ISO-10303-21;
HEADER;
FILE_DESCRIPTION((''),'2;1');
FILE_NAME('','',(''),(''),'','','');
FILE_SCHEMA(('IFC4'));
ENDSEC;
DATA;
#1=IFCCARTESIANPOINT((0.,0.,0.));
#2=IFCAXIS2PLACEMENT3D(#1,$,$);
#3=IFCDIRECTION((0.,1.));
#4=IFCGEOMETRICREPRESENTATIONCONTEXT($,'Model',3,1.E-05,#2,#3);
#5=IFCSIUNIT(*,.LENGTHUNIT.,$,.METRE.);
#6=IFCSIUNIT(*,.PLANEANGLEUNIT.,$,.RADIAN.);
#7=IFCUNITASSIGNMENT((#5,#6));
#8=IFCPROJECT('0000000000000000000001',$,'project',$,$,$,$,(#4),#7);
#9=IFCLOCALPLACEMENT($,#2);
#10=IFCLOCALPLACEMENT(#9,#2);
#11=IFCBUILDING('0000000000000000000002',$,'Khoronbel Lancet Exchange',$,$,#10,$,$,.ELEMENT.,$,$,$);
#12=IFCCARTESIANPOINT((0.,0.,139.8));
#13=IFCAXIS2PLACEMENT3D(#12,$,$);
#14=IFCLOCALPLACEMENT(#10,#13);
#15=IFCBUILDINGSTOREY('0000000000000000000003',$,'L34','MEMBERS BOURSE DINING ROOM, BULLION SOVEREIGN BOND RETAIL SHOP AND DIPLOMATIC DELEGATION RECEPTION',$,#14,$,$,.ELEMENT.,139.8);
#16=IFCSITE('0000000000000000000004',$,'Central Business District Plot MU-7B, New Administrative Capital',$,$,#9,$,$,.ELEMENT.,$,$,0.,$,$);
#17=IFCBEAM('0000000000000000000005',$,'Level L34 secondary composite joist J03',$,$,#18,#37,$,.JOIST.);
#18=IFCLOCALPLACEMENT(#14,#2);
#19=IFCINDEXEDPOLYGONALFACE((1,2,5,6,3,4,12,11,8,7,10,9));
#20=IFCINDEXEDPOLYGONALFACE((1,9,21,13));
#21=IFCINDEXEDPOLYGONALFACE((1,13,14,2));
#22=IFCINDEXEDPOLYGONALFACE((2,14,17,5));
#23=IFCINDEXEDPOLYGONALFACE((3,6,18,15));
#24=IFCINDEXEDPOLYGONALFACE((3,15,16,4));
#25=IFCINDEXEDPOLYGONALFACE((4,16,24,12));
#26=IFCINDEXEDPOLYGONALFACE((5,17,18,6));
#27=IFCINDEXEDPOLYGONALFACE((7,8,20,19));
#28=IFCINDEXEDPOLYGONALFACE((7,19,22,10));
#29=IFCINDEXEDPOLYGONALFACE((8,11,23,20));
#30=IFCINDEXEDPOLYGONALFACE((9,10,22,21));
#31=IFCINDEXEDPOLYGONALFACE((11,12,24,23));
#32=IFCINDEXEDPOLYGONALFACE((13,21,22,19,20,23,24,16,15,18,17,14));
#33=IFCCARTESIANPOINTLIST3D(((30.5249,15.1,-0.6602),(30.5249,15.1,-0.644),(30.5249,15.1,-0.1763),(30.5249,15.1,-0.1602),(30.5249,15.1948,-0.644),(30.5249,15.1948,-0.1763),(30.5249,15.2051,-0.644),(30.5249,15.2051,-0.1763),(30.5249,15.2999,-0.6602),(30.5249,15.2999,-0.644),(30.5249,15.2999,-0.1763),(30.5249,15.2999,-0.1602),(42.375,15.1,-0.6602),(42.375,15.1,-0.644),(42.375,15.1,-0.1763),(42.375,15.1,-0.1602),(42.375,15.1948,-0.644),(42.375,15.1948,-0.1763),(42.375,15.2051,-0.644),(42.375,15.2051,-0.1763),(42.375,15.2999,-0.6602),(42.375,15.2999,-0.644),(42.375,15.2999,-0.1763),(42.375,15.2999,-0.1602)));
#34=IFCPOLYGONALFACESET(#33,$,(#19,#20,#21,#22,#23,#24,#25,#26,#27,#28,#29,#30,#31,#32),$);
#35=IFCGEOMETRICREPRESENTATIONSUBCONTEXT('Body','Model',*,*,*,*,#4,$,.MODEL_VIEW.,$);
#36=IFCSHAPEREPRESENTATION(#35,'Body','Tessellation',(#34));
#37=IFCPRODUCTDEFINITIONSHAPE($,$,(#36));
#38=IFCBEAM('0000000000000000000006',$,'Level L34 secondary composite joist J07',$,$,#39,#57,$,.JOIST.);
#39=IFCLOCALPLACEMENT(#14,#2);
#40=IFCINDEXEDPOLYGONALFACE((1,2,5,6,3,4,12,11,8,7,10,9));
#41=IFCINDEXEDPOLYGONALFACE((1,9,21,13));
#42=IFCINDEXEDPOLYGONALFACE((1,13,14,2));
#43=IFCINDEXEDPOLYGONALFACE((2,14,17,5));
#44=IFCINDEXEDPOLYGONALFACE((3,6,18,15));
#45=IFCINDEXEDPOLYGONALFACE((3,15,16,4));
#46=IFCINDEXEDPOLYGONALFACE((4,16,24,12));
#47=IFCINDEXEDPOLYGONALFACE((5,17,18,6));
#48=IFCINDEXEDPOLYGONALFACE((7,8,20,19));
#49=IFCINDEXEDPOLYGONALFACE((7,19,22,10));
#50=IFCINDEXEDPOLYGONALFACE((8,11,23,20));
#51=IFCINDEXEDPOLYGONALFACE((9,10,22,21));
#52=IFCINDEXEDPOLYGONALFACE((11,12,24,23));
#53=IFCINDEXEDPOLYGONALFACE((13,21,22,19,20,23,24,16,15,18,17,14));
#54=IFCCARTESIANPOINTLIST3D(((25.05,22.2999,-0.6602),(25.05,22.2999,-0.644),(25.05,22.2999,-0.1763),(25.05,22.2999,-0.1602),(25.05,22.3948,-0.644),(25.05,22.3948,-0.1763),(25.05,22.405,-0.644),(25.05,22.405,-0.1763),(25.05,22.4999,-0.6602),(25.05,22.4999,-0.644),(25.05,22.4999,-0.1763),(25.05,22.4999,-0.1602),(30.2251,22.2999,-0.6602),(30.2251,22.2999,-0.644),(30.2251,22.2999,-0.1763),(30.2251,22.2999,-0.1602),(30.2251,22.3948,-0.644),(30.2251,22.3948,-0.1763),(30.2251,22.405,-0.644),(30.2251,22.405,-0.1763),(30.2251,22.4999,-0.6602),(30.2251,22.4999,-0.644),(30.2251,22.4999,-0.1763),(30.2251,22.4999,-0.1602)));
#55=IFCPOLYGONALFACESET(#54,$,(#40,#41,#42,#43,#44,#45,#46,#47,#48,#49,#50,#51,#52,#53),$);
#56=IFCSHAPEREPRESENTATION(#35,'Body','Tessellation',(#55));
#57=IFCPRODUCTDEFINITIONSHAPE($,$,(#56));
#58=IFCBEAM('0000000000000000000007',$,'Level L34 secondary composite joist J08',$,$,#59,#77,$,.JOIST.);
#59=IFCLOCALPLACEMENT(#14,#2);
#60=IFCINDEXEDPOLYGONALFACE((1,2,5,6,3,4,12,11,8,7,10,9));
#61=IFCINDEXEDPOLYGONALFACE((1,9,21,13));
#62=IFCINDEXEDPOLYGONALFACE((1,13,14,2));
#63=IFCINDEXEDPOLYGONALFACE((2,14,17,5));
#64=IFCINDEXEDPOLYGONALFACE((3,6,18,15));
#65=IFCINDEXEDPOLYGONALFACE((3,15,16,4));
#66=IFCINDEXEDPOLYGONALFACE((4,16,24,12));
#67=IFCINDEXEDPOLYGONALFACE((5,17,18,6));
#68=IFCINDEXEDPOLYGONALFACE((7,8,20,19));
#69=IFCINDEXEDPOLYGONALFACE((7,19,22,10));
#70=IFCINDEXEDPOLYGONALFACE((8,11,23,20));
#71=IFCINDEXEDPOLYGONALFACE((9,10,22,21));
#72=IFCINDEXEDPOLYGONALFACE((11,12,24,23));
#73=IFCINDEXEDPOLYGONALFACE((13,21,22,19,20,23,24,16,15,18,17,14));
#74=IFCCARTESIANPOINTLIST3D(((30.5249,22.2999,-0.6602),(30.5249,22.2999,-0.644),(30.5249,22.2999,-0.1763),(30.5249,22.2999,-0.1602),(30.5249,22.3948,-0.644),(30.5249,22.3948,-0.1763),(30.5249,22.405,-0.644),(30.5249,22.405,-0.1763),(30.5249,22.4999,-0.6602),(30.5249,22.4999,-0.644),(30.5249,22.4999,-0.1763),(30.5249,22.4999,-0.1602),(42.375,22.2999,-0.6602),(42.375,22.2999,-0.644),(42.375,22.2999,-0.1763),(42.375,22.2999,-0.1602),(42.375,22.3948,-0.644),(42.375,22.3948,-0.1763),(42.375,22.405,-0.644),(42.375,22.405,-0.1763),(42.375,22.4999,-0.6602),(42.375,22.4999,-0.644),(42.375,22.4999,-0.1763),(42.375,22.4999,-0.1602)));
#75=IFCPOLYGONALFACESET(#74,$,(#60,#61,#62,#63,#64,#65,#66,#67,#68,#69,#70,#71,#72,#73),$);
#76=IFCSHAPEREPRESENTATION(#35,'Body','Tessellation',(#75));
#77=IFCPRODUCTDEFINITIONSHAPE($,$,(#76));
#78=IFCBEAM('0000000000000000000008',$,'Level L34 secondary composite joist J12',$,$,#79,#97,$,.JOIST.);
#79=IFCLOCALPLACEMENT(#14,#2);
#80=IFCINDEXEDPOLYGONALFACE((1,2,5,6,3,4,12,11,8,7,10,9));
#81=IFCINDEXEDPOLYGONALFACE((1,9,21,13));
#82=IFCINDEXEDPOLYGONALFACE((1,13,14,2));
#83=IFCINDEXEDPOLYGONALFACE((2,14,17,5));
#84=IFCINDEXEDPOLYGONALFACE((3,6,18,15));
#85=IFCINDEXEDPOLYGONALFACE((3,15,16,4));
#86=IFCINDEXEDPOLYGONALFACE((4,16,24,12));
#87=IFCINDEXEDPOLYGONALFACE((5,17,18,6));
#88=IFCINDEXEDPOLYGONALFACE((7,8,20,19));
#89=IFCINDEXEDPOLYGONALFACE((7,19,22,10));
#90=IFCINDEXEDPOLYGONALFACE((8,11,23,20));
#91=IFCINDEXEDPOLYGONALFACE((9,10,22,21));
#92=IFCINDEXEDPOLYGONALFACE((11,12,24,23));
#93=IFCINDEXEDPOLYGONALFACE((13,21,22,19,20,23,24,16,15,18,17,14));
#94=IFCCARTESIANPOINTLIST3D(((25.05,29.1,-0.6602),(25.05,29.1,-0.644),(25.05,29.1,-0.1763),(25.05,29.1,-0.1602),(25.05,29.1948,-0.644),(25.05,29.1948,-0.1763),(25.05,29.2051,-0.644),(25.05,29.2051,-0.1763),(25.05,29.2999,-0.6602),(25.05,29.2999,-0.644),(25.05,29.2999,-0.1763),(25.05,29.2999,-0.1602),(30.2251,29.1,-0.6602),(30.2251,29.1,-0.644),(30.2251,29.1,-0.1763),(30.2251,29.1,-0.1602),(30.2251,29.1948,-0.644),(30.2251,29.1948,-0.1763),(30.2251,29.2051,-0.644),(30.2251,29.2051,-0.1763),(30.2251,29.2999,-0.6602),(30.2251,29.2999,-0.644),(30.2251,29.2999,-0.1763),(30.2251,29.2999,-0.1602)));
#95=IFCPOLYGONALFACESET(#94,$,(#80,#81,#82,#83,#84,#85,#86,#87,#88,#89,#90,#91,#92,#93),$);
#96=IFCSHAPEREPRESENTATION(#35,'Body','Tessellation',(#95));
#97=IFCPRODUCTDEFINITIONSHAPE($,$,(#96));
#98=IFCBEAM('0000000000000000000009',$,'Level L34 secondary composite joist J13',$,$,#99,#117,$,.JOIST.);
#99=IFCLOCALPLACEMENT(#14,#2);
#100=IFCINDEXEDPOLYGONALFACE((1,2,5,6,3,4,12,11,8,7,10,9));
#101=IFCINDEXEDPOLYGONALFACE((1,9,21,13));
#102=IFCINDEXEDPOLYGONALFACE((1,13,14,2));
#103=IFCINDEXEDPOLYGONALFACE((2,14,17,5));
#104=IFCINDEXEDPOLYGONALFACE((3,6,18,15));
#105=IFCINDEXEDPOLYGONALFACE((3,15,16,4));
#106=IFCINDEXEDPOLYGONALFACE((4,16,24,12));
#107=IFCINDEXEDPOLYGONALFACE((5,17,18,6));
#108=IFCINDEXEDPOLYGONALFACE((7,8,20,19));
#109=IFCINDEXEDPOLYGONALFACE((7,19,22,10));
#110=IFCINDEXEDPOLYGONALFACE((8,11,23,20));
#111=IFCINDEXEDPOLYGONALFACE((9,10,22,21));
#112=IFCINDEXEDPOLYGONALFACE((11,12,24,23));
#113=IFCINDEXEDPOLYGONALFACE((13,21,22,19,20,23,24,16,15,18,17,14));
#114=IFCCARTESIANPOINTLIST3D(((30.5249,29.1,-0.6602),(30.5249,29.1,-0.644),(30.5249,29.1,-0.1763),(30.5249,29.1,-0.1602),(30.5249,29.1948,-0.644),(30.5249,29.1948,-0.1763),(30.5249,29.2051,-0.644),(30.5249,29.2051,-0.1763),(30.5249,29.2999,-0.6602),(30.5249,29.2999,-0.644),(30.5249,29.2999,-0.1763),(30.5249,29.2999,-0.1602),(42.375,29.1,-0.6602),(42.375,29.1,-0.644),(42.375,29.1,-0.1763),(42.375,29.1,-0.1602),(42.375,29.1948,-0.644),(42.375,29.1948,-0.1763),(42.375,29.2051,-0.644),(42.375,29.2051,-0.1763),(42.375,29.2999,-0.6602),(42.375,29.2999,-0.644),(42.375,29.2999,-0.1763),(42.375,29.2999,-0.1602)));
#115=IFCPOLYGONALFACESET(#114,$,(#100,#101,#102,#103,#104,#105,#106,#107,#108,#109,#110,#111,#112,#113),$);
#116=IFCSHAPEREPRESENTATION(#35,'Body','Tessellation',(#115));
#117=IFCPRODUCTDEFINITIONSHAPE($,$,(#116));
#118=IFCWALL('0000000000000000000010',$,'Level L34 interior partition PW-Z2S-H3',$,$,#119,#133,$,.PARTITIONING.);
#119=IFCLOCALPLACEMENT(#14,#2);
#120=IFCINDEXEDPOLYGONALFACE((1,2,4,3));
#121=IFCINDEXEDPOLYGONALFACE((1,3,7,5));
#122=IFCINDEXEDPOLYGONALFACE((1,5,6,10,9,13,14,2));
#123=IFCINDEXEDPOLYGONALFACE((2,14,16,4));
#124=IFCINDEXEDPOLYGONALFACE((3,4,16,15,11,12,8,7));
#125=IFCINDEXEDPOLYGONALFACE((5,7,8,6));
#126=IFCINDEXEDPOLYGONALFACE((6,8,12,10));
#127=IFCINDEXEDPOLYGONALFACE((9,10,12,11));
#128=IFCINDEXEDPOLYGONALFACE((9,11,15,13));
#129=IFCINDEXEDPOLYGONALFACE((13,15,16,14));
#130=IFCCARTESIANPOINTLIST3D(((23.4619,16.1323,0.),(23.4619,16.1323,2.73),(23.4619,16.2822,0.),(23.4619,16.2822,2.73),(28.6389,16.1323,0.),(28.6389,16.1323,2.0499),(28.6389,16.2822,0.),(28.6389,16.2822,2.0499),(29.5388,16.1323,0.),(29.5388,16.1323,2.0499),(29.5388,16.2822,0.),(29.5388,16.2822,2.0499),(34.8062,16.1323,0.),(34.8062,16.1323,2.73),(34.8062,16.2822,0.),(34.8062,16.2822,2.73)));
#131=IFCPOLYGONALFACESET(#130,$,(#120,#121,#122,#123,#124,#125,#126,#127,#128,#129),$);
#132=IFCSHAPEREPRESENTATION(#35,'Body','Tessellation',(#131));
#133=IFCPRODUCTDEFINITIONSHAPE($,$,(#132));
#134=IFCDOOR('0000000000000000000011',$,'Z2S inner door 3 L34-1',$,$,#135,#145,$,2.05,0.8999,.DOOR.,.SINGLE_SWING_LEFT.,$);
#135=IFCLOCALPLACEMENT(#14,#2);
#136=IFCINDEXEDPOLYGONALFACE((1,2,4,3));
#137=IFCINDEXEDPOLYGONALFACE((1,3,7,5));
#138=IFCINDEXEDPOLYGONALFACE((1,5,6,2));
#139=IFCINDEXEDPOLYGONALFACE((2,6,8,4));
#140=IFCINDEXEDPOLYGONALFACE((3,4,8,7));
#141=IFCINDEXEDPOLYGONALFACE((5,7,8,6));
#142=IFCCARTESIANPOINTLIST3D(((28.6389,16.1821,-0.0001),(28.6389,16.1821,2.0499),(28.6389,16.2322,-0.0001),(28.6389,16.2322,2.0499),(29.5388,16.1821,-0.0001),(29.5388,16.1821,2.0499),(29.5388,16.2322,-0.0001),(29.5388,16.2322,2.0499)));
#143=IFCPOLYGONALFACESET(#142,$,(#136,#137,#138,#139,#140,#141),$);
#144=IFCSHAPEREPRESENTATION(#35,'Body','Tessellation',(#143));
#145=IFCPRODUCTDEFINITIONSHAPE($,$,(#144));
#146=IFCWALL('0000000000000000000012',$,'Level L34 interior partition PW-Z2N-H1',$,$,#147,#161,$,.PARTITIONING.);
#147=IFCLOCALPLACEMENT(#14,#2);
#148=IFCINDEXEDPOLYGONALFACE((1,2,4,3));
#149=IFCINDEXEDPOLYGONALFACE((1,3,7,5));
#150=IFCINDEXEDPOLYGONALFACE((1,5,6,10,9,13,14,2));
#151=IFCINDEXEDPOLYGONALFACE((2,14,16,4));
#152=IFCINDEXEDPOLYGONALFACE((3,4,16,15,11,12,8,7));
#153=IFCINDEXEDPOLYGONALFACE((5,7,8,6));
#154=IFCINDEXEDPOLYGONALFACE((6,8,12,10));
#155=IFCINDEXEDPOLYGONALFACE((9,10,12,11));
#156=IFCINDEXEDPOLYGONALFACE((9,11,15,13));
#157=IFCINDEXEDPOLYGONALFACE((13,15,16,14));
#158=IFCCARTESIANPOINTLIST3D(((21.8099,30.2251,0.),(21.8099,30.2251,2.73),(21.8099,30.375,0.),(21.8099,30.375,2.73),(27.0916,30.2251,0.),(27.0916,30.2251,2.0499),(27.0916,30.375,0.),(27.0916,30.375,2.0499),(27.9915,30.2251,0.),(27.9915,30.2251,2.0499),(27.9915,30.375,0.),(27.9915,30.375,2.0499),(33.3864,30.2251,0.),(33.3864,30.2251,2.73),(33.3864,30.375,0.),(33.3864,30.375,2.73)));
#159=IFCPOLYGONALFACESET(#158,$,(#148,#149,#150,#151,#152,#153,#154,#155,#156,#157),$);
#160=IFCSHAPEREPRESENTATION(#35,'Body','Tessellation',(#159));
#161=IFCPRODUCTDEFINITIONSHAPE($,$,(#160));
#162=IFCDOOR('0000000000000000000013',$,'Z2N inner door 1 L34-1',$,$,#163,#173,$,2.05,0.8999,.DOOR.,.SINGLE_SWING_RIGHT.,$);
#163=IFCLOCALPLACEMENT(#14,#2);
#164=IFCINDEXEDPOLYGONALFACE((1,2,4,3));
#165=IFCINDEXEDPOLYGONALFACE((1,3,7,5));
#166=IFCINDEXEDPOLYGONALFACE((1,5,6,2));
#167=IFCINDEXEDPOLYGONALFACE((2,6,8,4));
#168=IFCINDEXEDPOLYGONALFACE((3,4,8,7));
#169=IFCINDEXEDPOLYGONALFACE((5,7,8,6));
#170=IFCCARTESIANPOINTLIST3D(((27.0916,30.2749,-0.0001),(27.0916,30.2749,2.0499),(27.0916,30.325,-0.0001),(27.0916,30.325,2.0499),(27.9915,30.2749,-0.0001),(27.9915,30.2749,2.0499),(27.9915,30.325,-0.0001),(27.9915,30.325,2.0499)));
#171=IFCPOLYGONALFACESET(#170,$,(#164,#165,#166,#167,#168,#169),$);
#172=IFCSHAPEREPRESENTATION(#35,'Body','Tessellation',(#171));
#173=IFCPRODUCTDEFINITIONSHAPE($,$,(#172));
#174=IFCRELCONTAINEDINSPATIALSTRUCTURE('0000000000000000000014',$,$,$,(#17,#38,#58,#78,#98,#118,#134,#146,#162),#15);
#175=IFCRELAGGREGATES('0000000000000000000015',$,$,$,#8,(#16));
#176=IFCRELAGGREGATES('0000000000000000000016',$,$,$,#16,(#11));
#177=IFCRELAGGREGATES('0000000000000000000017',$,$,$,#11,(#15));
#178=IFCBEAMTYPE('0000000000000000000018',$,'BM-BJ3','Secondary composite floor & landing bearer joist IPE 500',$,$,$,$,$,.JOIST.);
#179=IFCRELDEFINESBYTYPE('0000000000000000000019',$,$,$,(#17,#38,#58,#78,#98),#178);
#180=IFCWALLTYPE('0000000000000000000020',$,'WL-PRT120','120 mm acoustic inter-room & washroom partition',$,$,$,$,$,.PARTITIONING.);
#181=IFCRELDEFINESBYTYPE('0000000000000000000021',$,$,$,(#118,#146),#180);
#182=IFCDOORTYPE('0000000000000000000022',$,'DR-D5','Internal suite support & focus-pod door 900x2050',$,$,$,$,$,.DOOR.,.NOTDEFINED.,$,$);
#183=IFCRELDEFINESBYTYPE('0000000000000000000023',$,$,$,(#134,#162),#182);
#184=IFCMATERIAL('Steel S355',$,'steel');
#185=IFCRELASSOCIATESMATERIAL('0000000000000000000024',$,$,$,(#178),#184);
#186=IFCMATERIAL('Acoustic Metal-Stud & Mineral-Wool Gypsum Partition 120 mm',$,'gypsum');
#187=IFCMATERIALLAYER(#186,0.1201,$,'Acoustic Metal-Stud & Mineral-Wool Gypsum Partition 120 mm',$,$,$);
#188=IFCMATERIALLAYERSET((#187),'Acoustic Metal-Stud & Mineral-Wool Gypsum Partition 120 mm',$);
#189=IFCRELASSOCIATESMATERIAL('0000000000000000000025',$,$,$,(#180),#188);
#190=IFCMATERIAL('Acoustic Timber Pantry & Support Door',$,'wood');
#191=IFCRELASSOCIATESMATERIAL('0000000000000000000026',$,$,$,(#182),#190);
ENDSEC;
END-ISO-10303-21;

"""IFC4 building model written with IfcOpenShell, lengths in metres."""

from ifc_helpers import new_model, si_unit, direction, frame, frame_2d, origin, origin_2d, place, context, subcontext, project, spatial, rectangle, i_section, extrude, material, layer, layer_set, material_profile, profile_set, type_object, element, fill, save


model = new_model("IFC4")

# Units and contexts
model_context = context("Model", 3, precision=1e-05, world=origin(), true_north=direction((0.0, 1.0)))
body_context = subcontext(model_context, "Body", "Model", "MODEL_VIEW")
ifc_project = project(units=[si_unit("LENGTHUNIT", "METRE"), si_unit("PLANEANGLEUNIT", "RADIAN")], contexts=[model_context])

# Site, building, storey
site_placement = place(None, origin())
site = spatial("IfcSite", under=ifc_project, at=site_placement, Name="Central Business District Plot MU-7B, New Administrative Capital", CompositionType="ELEMENT", RefElevation=0.0)
building_placement = place(site_placement, origin())
building = spatial("IfcBuilding", under=site, at=building_placement, Name="Khoronbel Lancet Exchange", CompositionType="ELEMENT")
storey_placement = place(building_placement, frame((0.0, 0.0, 139.8)))
storey = spatial("IfcBuildingStorey", under=building, at=storey_placement, Name="L34", Description="MEMBERS BOURSE DINING ROOM, BULLION SOVEREIGN BOND RETAIL SHOP AND DIPLOMATIC DELEGATION RECEPTION", CompositionType="ELEMENT", Elevation=139.8)

# Beams
ifc_material_1 = material(Name="Steel S355", Category="steel")
ifc_material_profile = material_profile(ifc_material_1, i_section(OverallWidth=0.2, OverallDepth=0.5, WebThickness=0.0103, FlangeThickness=0.0161, at=origin_2d()), Name="IPE 500")
ifc_profile_set = profile_set([ifc_material_profile], Name="Steel S355")
beam_type = type_object("IfcBeamType", Name="BM-BJ3", Description="Secondary composite floor & landing bearer joist IPE 500", PredefinedType="JOIST", material=ifc_profile_set)
beam_1_placement = place(storey_placement, frame((30.5249, 15.2, -0.4102), z_axis=(1.0, 0.0, 0.0), x_axis=(0.0, 1.0, 0.0)))
element("IfcBeam", 1, at=beam_1_placement, inside=storey, type_object=beam_type, Name="Level L34 secondary composite joist J03", PredefinedType="JOIST", context=body_context, shape_type="SweptSolid", body=[
    extrude(i_section(OverallWidth=0.2, OverallDepth=0.5, WebThickness=0.0103, FlangeThickness=0.0161, at=origin_2d()), origin(), (0.0, 0.0, 1.0), 11.8501),
])
beam_2_placement = place(storey_placement, frame((25.05, 22.3999, -0.4102), z_axis=(1.0, 0.0, 0.0), x_axis=(0.0, 1.0, 0.0)))
element("IfcBeam", 2, at=beam_2_placement, inside=storey, type_object=beam_type, Name="Level L34 secondary composite joist J07", PredefinedType="JOIST", context=body_context, shape_type="SweptSolid", body=[
    extrude(i_section(OverallWidth=0.2, OverallDepth=0.5, WebThickness=0.0103, FlangeThickness=0.0161, at=origin_2d()), origin(), (0.0, 0.0, 1.0), 5.175),
])
beam_3_placement = place(storey_placement, frame((30.5249, 22.3999, -0.4102), z_axis=(1.0, 0.0, 0.0), x_axis=(0.0, 1.0, 0.0)))
element("IfcBeam", 3, at=beam_3_placement, inside=storey, type_object=beam_type, Name="Level L34 secondary composite joist J08", PredefinedType="JOIST", context=body_context, shape_type="SweptSolid", body=[
    extrude(i_section(OverallWidth=0.2, OverallDepth=0.5, WebThickness=0.0103, FlangeThickness=0.0161, at=origin_2d()), origin(), (0.0, 0.0, 1.0), 11.8501),
])
beam_4_placement = place(storey_placement, frame((25.05, 29.2, -0.4102), z_axis=(1.0, 0.0, 0.0), x_axis=(0.0, 1.0, 0.0)))
element("IfcBeam", 4, at=beam_4_placement, inside=storey, type_object=beam_type, Name="Level L34 secondary composite joist J12", PredefinedType="JOIST", context=body_context, shape_type="SweptSolid", body=[
    extrude(i_section(OverallWidth=0.2, OverallDepth=0.5, WebThickness=0.0103, FlangeThickness=0.0161, at=origin_2d()), origin(), (0.0, 0.0, 1.0), 5.175),
])
beam_5_placement = place(storey_placement, frame((30.5249, 29.2, -0.4102), z_axis=(1.0, 0.0, 0.0), x_axis=(0.0, 1.0, 0.0)))
element("IfcBeam", 5, at=beam_5_placement, inside=storey, type_object=beam_type, Name="Level L34 secondary composite joist J13", PredefinedType="JOIST", context=body_context, shape_type="SweptSolid", body=[
    extrude(i_section(OverallWidth=0.2, OverallDepth=0.5, WebThickness=0.0103, FlangeThickness=0.0161, at=origin_2d()), origin(), (0.0, 0.0, 1.0), 11.8501),
])

# Walls, openings, doors
ifc_material_2 = material(Name="Acoustic Metal-Stud & Mineral-Wool Gypsum Partition 120 mm", Category="gypsum")
ifc_layer_1 = layer(ifc_material_2, 0.1201, Name="Acoustic Metal-Stud & Mineral-Wool Gypsum Partition 120 mm")
ifc_layer_set_1 = layer_set([ifc_layer_1], Name="Acoustic Metal-Stud & Mineral-Wool Gypsum Partition 120 mm")
wall_type_1 = type_object("IfcWallType", Name="WL-PRT120", Description="120 mm acoustic inter-room & washroom partition", PredefinedType="PARTITIONING", material=ifc_layer_set_1)
wall_1_placement = place(storey_placement, frame((23.4619, 16.2073, 0.0), z_axis=(0.0, 0.0, 1.0), x_axis=(1.0, 0.0, 0.0)))
wall_1 = element("IfcWall", 6, at=wall_1_placement, inside=storey, type_object=wall_type_1, Name="Level L34 interior partition PW-Z2S-H3", PredefinedType="PARTITIONING", context=body_context, shape_type="SweptSolid", body=[
    extrude(rectangle(XDim=11.3442, YDim=0.1499, at=frame_2d((5.6721, 0.0))), origin(), (0.0, 0.0, 1.0), 2.73),
])
opening_1_placement = place(wall_1_placement, frame((5.177, 0.0, 0.0)))
opening_1 = element("IfcOpeningElement", 7, at=opening_1_placement, cuts=wall_1, PredefinedType="OPENING", context=body_context, shape_type="SweptSolid", body=[
    extrude(rectangle(XDim=0.8999, YDim=2.05, at=frame_2d((0.45, 1.0249))), frame((0.0, 0.085, 0.0), z_axis=(0.0, -1.0, 0.0), x_axis=(1.0, 0.0, 0.0)), (0.0, 0.0, 1.0), 0.1699),
])
ifc_material_3 = material(Name="Acoustic Timber Pantry & Support Door", Category="wood")
door_type_1 = type_object("IfcDoorType", Name="DR-D5", Description="Internal suite support & focus-pod door 900x2050", OperationType="NOTDEFINED", PredefinedType="DOOR", material=ifc_material_3)
door_1_placement = place(opening_1_placement, origin())
door_1 = element("IfcDoor", 8, at=door_1_placement, inside=storey, type_object=door_type_1, Name="Z2S inner door 3 L34-1", OperationType="SINGLE_SWING_LEFT", OverallHeight=2.05, OverallWidth=0.8999, PredefinedType="DOOR", context=body_context, shape_type="SweptSolid", body=[
    extrude(rectangle(XDim=0.8999, YDim=2.05, at=frame_2d((0.45, 1.0249))), frame((0.0, 0.0249, 0.0), z_axis=(0.0, -1.0, 0.0), x_axis=(1.0, 0.0, 0.0)), (0.0, 0.0, 1.0), 0.05),
])
fill(opening_1, door_1)
wall_2_placement = place(storey_placement, frame((21.8101, 30.3, 0.0), z_axis=(0.0, 0.0, 1.0), x_axis=(1.0, 0.0, 0.0)))
wall_2 = element("IfcWall", 9, at=wall_2_placement, inside=storey, type_object=wall_type_1, Name="Level L34 interior partition PW-Z2N-H1", PredefinedType="PARTITIONING", context=body_context, shape_type="SweptSolid", body=[
    extrude(rectangle(XDim=11.5764, YDim=0.1499, at=frame_2d((5.7881, 0.0))), origin(), (0.0, 0.0, 1.0), 2.73),
])
opening_2_placement = place(wall_2_placement, frame((5.2815, 0.0, 0.0)))
opening_2 = element("IfcOpeningElement", 10, at=opening_2_placement, cuts=wall_2, PredefinedType="OPENING", context=body_context, shape_type="SweptSolid", body=[
    extrude(rectangle(XDim=0.8999, YDim=2.05, at=frame_2d((0.45, 1.0249))), frame((0.0, 0.085, 0.0), z_axis=(0.0, -1.0, 0.0), x_axis=(1.0, 0.0, 0.0)), (0.0, 0.0, 1.0), 0.1699),
])
door_2_placement = place(opening_2_placement, origin())
door_2 = element("IfcDoor", 11, at=door_2_placement, inside=storey, type_object=door_type_1, Name="Z2N inner door 1 L34-1", OperationType="SINGLE_SWING_RIGHT", OverallHeight=2.05, OverallWidth=0.8999, PredefinedType="DOOR", context=body_context, shape_type="SweptSolid", body=[
    extrude(rectangle(XDim=0.8999, YDim=2.05, at=frame_2d((0.45, 1.0249))), frame((0.0, 0.0249, 0.0), z_axis=(0.0, -1.0, 0.0), x_axis=(1.0, 0.0, 0.0)), (0.0, 0.0, 1.0), 0.05),
])
fill(opening_2, door_2)

save(model, "model.ifc")
